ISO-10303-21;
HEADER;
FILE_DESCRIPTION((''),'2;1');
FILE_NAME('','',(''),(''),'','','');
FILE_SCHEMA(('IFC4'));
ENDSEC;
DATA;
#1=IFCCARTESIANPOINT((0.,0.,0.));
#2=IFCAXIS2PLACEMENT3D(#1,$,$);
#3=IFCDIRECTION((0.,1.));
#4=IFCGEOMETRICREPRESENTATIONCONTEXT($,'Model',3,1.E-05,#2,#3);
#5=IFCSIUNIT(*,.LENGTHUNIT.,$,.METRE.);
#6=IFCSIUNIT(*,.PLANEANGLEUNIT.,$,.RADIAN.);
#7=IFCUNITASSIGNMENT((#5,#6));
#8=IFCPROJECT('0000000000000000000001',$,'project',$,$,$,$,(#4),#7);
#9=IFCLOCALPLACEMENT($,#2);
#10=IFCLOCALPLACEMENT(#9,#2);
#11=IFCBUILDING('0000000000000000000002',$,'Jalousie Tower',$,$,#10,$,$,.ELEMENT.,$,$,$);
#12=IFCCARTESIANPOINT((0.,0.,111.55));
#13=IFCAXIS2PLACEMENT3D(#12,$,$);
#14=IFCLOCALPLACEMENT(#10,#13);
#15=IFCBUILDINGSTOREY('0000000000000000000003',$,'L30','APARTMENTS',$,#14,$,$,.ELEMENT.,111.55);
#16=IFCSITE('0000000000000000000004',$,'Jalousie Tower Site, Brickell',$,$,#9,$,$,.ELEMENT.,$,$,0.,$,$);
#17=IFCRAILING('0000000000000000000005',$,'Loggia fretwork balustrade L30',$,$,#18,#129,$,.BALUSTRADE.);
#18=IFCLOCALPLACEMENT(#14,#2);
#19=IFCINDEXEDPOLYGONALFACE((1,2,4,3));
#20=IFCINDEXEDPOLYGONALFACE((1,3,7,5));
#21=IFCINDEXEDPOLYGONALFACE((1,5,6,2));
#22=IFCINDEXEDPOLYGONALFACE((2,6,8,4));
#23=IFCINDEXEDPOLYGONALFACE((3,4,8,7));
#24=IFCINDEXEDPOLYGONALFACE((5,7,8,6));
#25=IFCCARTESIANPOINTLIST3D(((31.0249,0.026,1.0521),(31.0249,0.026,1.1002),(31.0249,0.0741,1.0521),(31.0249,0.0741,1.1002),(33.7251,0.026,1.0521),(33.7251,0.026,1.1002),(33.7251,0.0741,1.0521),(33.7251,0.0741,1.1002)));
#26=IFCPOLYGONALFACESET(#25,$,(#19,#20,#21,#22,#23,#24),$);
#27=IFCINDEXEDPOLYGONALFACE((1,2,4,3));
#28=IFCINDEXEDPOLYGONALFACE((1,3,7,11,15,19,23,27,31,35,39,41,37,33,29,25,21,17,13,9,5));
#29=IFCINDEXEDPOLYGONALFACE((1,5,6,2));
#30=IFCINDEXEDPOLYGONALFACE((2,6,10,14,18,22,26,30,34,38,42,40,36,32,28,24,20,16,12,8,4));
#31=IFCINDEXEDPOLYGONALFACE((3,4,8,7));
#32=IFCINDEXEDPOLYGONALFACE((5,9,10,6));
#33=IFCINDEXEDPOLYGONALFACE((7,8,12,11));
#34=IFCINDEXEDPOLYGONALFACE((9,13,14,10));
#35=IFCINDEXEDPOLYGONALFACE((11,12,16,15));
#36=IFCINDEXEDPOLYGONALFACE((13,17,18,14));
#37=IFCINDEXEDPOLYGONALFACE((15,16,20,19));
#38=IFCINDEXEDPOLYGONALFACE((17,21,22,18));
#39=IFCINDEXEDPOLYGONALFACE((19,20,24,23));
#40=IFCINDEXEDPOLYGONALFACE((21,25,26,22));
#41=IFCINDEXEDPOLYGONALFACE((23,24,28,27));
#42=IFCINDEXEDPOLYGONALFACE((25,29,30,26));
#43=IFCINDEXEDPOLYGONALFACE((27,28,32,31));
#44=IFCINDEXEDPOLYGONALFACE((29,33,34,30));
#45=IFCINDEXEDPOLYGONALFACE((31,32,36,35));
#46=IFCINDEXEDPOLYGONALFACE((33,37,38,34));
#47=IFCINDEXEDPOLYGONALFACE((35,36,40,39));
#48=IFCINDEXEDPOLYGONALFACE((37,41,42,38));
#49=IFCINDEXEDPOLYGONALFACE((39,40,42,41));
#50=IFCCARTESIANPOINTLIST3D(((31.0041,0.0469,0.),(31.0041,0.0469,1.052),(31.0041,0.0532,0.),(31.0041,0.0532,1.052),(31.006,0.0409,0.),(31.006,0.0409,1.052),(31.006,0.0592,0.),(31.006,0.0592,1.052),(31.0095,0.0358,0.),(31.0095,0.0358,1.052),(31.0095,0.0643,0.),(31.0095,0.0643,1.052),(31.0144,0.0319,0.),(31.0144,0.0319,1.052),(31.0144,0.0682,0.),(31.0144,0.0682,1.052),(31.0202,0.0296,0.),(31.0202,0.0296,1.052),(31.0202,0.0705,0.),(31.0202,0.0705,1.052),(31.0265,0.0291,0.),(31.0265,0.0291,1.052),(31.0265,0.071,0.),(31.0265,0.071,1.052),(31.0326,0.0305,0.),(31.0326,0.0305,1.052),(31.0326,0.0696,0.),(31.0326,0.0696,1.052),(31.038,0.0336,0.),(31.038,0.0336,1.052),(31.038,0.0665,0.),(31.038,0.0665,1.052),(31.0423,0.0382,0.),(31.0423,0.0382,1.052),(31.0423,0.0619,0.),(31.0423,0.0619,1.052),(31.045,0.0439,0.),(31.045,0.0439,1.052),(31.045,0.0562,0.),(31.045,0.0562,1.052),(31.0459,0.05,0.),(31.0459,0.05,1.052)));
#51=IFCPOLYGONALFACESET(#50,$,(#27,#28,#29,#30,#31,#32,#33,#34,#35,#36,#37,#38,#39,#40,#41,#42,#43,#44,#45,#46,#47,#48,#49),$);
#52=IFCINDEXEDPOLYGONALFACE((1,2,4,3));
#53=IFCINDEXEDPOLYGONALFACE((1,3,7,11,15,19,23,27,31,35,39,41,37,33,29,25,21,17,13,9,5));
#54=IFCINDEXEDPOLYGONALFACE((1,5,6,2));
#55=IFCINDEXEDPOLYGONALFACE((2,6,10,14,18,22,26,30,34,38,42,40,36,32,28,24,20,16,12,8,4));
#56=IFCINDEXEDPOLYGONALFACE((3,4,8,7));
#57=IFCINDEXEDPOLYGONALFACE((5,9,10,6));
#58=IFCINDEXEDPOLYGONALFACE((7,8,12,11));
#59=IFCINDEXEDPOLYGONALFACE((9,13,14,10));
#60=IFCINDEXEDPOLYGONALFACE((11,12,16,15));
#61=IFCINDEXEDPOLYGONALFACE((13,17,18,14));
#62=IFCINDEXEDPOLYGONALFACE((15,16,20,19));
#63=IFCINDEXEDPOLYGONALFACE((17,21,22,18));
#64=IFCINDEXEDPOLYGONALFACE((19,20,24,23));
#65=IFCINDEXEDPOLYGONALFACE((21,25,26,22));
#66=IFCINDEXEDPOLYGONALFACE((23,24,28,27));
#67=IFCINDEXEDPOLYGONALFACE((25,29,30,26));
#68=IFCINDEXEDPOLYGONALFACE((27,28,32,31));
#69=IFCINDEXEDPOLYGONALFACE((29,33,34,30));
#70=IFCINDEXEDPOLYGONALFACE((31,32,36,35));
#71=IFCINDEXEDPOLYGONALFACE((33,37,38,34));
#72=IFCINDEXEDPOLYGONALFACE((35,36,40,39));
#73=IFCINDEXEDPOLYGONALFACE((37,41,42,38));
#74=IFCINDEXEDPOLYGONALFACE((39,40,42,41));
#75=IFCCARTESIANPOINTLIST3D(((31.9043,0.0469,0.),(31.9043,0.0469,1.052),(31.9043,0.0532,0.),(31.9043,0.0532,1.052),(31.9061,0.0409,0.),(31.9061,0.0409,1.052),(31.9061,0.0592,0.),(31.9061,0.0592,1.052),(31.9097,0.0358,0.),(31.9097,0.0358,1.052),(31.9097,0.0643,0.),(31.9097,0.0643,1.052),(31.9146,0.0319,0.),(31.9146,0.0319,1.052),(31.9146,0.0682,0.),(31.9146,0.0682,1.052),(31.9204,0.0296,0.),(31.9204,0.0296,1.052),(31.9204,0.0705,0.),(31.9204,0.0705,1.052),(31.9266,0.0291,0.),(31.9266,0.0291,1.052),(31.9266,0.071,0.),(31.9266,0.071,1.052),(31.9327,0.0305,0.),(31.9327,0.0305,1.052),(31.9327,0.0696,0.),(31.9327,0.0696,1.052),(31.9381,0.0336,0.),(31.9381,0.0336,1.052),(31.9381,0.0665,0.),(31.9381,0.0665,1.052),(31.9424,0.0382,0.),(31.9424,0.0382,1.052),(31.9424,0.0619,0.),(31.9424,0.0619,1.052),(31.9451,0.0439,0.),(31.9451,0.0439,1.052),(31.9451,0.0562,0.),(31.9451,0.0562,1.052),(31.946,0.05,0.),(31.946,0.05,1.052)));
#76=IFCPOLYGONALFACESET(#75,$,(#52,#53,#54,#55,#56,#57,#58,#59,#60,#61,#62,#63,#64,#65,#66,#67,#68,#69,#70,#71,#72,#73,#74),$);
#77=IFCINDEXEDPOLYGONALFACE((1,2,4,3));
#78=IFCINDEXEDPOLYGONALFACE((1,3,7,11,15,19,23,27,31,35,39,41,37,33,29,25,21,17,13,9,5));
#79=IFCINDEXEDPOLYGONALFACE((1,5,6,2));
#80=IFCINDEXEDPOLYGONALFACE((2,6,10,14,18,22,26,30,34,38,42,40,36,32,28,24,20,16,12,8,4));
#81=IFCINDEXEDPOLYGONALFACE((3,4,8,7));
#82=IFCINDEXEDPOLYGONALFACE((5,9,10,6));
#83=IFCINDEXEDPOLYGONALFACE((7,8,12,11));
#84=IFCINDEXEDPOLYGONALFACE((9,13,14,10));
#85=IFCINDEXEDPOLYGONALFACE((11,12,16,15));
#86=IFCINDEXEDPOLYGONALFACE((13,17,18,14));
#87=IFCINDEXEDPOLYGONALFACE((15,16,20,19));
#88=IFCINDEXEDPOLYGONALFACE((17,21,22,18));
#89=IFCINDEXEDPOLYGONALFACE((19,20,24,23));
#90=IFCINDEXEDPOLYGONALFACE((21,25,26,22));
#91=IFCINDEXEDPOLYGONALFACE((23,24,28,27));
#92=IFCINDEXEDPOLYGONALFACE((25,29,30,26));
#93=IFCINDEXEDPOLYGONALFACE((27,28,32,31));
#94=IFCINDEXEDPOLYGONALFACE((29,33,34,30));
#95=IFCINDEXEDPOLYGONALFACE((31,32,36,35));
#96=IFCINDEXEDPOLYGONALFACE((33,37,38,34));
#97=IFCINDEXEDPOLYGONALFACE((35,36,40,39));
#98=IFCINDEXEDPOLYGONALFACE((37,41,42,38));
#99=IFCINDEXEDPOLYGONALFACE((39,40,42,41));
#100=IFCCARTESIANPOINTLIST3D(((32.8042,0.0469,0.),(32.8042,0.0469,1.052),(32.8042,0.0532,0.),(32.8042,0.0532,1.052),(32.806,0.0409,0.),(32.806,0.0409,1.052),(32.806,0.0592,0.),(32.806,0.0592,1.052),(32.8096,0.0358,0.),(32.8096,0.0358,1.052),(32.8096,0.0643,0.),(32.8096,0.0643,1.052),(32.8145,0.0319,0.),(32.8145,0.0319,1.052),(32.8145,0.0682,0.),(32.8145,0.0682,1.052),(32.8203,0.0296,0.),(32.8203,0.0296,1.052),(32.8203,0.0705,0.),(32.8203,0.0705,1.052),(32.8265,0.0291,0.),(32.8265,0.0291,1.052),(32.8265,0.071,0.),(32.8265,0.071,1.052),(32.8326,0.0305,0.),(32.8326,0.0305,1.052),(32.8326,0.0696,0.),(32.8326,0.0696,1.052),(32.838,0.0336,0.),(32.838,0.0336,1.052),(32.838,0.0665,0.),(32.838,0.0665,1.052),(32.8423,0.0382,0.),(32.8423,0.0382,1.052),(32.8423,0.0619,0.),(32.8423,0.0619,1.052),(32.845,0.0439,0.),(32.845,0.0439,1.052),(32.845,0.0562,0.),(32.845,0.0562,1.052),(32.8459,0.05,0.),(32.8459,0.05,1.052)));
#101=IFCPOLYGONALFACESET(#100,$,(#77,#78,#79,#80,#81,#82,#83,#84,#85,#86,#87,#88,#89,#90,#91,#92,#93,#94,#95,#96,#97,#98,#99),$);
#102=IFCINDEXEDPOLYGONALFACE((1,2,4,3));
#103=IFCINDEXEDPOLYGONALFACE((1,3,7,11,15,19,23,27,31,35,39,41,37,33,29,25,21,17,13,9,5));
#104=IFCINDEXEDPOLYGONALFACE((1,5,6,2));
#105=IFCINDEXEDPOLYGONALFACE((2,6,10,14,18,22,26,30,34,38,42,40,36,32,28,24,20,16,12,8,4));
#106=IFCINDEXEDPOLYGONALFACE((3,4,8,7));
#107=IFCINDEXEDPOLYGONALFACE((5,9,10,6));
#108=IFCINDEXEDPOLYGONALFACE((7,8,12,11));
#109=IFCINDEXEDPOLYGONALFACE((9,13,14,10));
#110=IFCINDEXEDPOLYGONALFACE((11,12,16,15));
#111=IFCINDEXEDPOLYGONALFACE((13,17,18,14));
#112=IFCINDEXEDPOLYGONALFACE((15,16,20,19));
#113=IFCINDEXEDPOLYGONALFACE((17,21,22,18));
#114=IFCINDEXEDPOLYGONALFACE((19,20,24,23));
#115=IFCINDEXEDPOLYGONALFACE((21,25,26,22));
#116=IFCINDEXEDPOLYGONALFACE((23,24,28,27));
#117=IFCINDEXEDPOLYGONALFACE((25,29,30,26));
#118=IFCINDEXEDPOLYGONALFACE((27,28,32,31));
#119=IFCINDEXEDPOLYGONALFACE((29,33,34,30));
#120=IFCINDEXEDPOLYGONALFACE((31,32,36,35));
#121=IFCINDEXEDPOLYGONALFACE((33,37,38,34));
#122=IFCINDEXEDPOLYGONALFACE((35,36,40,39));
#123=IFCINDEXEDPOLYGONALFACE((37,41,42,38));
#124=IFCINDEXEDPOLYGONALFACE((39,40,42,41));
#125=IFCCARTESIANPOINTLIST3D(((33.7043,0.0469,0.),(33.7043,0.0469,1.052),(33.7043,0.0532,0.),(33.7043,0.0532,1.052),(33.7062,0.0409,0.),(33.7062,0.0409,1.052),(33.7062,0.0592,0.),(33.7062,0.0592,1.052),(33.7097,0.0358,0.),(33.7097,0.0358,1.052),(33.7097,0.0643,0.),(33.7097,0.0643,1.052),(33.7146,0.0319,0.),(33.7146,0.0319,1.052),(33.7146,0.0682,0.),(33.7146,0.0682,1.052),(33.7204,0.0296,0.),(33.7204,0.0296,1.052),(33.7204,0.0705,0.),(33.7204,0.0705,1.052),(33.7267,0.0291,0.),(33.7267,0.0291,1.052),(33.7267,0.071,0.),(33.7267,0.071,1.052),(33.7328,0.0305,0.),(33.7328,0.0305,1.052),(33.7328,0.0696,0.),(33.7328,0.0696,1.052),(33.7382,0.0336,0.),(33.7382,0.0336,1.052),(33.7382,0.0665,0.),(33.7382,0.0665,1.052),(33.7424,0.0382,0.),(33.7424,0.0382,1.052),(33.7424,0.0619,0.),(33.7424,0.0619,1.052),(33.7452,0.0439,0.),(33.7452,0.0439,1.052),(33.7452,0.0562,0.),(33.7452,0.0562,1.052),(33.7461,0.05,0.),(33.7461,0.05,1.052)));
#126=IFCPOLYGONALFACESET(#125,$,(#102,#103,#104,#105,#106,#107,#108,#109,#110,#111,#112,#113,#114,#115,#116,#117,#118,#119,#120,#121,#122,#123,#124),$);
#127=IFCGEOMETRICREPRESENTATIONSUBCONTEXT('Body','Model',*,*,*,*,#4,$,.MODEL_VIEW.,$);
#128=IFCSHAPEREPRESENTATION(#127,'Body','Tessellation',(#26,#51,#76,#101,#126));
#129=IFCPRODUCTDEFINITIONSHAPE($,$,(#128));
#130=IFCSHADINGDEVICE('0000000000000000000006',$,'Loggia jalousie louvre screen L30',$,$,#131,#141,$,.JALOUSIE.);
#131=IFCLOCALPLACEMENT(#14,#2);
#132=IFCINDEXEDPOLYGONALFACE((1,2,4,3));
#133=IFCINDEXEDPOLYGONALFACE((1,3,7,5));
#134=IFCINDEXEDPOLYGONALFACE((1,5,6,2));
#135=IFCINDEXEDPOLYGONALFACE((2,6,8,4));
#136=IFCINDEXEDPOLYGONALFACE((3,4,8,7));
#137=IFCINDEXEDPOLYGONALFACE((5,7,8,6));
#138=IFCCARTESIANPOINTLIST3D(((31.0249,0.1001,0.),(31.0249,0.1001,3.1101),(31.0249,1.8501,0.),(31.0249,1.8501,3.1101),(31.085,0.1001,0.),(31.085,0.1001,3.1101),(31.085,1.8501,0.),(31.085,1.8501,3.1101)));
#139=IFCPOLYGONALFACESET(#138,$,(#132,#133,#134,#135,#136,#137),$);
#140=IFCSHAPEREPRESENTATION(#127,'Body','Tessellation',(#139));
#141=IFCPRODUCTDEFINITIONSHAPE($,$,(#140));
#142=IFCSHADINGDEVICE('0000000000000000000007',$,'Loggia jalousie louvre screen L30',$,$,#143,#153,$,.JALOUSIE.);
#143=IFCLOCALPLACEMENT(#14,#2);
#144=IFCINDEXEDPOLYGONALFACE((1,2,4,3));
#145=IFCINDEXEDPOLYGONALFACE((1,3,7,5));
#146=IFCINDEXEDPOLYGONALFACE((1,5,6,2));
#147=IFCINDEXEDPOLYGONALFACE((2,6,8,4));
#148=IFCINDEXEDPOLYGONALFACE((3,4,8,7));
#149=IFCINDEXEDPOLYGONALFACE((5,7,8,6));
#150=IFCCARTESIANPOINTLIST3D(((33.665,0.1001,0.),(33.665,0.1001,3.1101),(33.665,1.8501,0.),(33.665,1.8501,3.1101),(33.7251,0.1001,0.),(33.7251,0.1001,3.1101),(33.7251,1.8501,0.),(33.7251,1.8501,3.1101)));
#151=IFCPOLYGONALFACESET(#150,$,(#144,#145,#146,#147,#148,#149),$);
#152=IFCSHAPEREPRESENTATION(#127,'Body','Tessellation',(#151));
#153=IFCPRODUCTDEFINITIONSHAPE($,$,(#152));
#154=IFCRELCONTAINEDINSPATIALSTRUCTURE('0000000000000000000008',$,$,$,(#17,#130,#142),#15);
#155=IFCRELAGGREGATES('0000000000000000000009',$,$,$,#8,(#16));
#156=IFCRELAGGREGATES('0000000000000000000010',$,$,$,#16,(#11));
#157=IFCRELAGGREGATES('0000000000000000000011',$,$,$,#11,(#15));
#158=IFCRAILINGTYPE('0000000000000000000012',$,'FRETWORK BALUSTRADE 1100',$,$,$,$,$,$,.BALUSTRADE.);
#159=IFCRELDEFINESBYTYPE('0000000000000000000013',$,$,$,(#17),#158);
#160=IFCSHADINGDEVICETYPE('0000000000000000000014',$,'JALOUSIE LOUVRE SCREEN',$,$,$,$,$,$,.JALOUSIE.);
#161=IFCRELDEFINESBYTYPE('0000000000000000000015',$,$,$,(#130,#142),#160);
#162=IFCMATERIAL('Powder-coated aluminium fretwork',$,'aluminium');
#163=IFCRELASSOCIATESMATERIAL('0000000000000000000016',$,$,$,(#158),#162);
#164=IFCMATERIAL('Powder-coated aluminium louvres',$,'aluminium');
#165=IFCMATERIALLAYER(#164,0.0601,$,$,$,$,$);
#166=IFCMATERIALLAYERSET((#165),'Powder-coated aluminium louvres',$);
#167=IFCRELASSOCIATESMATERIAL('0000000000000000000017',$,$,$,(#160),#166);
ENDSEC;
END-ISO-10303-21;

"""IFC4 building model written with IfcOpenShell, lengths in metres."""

from ifc_helpers import new_model, si_unit, direction, frame, origin, origin_2d, place, context, subcontext, project, spatial, rectangle, circle, extrude, material, layer, layer_set, type_object, element, save


model = new_model("IFC4")

# Units and contexts
model_context = context("Model", 3, precision=1e-05, world=origin(), true_north=direction((0.0, 1.0)))
body_context = subcontext(model_context, "Body", "Model", "MODEL_VIEW")
ifc_project = project(units=[si_unit("LENGTHUNIT", "METRE"), si_unit("PLANEANGLEUNIT", "RADIAN")], contexts=[model_context])

# Site, building, storey
site_placement = place(None, origin())
site = spatial("IfcSite", under=ifc_project, at=site_placement, Name="Jalousie Tower Site, Brickell", CompositionType="ELEMENT", RefElevation=0.0)
building_placement = place(site_placement, origin())
building = spatial("IfcBuilding", under=site, at=building_placement, Name="Jalousie Tower", CompositionType="ELEMENT")
storey_placement = place(building_placement, frame((0.0, 0.0, 111.55)))
storey = spatial("IfcBuildingStorey", under=building, at=storey_placement, Name="L30", Description="APARTMENTS", CompositionType="ELEMENT", Elevation=111.55)

# Railing
ifc_material_1 = material(Name="Powder-coated aluminium fretwork", Category="aluminium")
railing_type = type_object("IfcRailingType", Name="FRETWORK BALUSTRADE 1100", PredefinedType="BALUSTRADE", material=ifc_material_1)
railing_placement = place(storey_placement, frame((31.0249, 0.05, 0.0)))
element("IfcRailing", 1, at=railing_placement, inside=storey, type_object=railing_type, Name="Loggia fretwork balustrade L30", PredefinedType="BALUSTRADE", context=body_context, shape_type="SweptSolid", body=[
    extrude(rectangle(XDim=0.0481, YDim=0.0481, at=origin_2d()), frame((0.0, 0.0, 1.0762), z_axis=(1.0, 0.0, 0.0), x_axis=(0.0, 1.0, 0.0)), (0.0, 0.0, 1.0), 2.7002),
    extrude(circle(Radius=0.021, at=origin_2d()), origin(), (0.0, 0.0, 1.0), 1.052),
    extrude(circle(Radius=0.021, at=origin_2d()), frame((0.9001, 0.0, 0.0)), (0.0, 0.0, 1.0), 1.052),
    extrude(circle(Radius=0.021, at=origin_2d()), frame((1.8, 0.0, 0.0)), (0.0, 0.0, 1.0), 1.052),
    extrude(circle(Radius=0.021, at=origin_2d()), frame((2.7002, 0.0, 0.0)), (0.0, 0.0, 1.0), 1.052),
])

# Shading devices
ifc_material_2 = material(Name="Powder-coated aluminium louvres", Category="aluminium")
ifc_layer_1 = layer(ifc_material_2, 0.0601)
ifc_layer_set_1 = layer_set([ifc_layer_1], Name="Powder-coated aluminium louvres")
shading_device_type_1 = type_object("IfcShadingDeviceType", Name="JALOUSIE LOUVRE SCREEN", PredefinedType="JALOUSIE", material=ifc_layer_set_1)
for number, where, z_axis, x_axis, name in (
    (2, (31.0549, 0.9751, 0.0), (0.0, 0.0, 1.0), (1.0, 0.0, 0.0), "Loggia jalousie louvre screen L30"),
    (3, (33.6951, 0.9751, 0.0), (0.0, 0.0, 1.0), (1.0, 0.0, 0.0), "Loggia jalousie louvre screen L30"),
):
    element("IfcShadingDevice", number, at=place(storey_placement, frame(where, z_axis=z_axis, x_axis=x_axis)), inside=storey, type_object=shading_device_type_1, Name=name, PredefinedType="JALOUSIE", context=body_context, shape_type="SweptSolid", body=[
        extrude(rectangle(XDim=0.0601, YDim=1.75, at=origin_2d()), origin(), (0.0, 0.0, 1.0), 3.1101),
    ])

save(model, "model.ifc")
